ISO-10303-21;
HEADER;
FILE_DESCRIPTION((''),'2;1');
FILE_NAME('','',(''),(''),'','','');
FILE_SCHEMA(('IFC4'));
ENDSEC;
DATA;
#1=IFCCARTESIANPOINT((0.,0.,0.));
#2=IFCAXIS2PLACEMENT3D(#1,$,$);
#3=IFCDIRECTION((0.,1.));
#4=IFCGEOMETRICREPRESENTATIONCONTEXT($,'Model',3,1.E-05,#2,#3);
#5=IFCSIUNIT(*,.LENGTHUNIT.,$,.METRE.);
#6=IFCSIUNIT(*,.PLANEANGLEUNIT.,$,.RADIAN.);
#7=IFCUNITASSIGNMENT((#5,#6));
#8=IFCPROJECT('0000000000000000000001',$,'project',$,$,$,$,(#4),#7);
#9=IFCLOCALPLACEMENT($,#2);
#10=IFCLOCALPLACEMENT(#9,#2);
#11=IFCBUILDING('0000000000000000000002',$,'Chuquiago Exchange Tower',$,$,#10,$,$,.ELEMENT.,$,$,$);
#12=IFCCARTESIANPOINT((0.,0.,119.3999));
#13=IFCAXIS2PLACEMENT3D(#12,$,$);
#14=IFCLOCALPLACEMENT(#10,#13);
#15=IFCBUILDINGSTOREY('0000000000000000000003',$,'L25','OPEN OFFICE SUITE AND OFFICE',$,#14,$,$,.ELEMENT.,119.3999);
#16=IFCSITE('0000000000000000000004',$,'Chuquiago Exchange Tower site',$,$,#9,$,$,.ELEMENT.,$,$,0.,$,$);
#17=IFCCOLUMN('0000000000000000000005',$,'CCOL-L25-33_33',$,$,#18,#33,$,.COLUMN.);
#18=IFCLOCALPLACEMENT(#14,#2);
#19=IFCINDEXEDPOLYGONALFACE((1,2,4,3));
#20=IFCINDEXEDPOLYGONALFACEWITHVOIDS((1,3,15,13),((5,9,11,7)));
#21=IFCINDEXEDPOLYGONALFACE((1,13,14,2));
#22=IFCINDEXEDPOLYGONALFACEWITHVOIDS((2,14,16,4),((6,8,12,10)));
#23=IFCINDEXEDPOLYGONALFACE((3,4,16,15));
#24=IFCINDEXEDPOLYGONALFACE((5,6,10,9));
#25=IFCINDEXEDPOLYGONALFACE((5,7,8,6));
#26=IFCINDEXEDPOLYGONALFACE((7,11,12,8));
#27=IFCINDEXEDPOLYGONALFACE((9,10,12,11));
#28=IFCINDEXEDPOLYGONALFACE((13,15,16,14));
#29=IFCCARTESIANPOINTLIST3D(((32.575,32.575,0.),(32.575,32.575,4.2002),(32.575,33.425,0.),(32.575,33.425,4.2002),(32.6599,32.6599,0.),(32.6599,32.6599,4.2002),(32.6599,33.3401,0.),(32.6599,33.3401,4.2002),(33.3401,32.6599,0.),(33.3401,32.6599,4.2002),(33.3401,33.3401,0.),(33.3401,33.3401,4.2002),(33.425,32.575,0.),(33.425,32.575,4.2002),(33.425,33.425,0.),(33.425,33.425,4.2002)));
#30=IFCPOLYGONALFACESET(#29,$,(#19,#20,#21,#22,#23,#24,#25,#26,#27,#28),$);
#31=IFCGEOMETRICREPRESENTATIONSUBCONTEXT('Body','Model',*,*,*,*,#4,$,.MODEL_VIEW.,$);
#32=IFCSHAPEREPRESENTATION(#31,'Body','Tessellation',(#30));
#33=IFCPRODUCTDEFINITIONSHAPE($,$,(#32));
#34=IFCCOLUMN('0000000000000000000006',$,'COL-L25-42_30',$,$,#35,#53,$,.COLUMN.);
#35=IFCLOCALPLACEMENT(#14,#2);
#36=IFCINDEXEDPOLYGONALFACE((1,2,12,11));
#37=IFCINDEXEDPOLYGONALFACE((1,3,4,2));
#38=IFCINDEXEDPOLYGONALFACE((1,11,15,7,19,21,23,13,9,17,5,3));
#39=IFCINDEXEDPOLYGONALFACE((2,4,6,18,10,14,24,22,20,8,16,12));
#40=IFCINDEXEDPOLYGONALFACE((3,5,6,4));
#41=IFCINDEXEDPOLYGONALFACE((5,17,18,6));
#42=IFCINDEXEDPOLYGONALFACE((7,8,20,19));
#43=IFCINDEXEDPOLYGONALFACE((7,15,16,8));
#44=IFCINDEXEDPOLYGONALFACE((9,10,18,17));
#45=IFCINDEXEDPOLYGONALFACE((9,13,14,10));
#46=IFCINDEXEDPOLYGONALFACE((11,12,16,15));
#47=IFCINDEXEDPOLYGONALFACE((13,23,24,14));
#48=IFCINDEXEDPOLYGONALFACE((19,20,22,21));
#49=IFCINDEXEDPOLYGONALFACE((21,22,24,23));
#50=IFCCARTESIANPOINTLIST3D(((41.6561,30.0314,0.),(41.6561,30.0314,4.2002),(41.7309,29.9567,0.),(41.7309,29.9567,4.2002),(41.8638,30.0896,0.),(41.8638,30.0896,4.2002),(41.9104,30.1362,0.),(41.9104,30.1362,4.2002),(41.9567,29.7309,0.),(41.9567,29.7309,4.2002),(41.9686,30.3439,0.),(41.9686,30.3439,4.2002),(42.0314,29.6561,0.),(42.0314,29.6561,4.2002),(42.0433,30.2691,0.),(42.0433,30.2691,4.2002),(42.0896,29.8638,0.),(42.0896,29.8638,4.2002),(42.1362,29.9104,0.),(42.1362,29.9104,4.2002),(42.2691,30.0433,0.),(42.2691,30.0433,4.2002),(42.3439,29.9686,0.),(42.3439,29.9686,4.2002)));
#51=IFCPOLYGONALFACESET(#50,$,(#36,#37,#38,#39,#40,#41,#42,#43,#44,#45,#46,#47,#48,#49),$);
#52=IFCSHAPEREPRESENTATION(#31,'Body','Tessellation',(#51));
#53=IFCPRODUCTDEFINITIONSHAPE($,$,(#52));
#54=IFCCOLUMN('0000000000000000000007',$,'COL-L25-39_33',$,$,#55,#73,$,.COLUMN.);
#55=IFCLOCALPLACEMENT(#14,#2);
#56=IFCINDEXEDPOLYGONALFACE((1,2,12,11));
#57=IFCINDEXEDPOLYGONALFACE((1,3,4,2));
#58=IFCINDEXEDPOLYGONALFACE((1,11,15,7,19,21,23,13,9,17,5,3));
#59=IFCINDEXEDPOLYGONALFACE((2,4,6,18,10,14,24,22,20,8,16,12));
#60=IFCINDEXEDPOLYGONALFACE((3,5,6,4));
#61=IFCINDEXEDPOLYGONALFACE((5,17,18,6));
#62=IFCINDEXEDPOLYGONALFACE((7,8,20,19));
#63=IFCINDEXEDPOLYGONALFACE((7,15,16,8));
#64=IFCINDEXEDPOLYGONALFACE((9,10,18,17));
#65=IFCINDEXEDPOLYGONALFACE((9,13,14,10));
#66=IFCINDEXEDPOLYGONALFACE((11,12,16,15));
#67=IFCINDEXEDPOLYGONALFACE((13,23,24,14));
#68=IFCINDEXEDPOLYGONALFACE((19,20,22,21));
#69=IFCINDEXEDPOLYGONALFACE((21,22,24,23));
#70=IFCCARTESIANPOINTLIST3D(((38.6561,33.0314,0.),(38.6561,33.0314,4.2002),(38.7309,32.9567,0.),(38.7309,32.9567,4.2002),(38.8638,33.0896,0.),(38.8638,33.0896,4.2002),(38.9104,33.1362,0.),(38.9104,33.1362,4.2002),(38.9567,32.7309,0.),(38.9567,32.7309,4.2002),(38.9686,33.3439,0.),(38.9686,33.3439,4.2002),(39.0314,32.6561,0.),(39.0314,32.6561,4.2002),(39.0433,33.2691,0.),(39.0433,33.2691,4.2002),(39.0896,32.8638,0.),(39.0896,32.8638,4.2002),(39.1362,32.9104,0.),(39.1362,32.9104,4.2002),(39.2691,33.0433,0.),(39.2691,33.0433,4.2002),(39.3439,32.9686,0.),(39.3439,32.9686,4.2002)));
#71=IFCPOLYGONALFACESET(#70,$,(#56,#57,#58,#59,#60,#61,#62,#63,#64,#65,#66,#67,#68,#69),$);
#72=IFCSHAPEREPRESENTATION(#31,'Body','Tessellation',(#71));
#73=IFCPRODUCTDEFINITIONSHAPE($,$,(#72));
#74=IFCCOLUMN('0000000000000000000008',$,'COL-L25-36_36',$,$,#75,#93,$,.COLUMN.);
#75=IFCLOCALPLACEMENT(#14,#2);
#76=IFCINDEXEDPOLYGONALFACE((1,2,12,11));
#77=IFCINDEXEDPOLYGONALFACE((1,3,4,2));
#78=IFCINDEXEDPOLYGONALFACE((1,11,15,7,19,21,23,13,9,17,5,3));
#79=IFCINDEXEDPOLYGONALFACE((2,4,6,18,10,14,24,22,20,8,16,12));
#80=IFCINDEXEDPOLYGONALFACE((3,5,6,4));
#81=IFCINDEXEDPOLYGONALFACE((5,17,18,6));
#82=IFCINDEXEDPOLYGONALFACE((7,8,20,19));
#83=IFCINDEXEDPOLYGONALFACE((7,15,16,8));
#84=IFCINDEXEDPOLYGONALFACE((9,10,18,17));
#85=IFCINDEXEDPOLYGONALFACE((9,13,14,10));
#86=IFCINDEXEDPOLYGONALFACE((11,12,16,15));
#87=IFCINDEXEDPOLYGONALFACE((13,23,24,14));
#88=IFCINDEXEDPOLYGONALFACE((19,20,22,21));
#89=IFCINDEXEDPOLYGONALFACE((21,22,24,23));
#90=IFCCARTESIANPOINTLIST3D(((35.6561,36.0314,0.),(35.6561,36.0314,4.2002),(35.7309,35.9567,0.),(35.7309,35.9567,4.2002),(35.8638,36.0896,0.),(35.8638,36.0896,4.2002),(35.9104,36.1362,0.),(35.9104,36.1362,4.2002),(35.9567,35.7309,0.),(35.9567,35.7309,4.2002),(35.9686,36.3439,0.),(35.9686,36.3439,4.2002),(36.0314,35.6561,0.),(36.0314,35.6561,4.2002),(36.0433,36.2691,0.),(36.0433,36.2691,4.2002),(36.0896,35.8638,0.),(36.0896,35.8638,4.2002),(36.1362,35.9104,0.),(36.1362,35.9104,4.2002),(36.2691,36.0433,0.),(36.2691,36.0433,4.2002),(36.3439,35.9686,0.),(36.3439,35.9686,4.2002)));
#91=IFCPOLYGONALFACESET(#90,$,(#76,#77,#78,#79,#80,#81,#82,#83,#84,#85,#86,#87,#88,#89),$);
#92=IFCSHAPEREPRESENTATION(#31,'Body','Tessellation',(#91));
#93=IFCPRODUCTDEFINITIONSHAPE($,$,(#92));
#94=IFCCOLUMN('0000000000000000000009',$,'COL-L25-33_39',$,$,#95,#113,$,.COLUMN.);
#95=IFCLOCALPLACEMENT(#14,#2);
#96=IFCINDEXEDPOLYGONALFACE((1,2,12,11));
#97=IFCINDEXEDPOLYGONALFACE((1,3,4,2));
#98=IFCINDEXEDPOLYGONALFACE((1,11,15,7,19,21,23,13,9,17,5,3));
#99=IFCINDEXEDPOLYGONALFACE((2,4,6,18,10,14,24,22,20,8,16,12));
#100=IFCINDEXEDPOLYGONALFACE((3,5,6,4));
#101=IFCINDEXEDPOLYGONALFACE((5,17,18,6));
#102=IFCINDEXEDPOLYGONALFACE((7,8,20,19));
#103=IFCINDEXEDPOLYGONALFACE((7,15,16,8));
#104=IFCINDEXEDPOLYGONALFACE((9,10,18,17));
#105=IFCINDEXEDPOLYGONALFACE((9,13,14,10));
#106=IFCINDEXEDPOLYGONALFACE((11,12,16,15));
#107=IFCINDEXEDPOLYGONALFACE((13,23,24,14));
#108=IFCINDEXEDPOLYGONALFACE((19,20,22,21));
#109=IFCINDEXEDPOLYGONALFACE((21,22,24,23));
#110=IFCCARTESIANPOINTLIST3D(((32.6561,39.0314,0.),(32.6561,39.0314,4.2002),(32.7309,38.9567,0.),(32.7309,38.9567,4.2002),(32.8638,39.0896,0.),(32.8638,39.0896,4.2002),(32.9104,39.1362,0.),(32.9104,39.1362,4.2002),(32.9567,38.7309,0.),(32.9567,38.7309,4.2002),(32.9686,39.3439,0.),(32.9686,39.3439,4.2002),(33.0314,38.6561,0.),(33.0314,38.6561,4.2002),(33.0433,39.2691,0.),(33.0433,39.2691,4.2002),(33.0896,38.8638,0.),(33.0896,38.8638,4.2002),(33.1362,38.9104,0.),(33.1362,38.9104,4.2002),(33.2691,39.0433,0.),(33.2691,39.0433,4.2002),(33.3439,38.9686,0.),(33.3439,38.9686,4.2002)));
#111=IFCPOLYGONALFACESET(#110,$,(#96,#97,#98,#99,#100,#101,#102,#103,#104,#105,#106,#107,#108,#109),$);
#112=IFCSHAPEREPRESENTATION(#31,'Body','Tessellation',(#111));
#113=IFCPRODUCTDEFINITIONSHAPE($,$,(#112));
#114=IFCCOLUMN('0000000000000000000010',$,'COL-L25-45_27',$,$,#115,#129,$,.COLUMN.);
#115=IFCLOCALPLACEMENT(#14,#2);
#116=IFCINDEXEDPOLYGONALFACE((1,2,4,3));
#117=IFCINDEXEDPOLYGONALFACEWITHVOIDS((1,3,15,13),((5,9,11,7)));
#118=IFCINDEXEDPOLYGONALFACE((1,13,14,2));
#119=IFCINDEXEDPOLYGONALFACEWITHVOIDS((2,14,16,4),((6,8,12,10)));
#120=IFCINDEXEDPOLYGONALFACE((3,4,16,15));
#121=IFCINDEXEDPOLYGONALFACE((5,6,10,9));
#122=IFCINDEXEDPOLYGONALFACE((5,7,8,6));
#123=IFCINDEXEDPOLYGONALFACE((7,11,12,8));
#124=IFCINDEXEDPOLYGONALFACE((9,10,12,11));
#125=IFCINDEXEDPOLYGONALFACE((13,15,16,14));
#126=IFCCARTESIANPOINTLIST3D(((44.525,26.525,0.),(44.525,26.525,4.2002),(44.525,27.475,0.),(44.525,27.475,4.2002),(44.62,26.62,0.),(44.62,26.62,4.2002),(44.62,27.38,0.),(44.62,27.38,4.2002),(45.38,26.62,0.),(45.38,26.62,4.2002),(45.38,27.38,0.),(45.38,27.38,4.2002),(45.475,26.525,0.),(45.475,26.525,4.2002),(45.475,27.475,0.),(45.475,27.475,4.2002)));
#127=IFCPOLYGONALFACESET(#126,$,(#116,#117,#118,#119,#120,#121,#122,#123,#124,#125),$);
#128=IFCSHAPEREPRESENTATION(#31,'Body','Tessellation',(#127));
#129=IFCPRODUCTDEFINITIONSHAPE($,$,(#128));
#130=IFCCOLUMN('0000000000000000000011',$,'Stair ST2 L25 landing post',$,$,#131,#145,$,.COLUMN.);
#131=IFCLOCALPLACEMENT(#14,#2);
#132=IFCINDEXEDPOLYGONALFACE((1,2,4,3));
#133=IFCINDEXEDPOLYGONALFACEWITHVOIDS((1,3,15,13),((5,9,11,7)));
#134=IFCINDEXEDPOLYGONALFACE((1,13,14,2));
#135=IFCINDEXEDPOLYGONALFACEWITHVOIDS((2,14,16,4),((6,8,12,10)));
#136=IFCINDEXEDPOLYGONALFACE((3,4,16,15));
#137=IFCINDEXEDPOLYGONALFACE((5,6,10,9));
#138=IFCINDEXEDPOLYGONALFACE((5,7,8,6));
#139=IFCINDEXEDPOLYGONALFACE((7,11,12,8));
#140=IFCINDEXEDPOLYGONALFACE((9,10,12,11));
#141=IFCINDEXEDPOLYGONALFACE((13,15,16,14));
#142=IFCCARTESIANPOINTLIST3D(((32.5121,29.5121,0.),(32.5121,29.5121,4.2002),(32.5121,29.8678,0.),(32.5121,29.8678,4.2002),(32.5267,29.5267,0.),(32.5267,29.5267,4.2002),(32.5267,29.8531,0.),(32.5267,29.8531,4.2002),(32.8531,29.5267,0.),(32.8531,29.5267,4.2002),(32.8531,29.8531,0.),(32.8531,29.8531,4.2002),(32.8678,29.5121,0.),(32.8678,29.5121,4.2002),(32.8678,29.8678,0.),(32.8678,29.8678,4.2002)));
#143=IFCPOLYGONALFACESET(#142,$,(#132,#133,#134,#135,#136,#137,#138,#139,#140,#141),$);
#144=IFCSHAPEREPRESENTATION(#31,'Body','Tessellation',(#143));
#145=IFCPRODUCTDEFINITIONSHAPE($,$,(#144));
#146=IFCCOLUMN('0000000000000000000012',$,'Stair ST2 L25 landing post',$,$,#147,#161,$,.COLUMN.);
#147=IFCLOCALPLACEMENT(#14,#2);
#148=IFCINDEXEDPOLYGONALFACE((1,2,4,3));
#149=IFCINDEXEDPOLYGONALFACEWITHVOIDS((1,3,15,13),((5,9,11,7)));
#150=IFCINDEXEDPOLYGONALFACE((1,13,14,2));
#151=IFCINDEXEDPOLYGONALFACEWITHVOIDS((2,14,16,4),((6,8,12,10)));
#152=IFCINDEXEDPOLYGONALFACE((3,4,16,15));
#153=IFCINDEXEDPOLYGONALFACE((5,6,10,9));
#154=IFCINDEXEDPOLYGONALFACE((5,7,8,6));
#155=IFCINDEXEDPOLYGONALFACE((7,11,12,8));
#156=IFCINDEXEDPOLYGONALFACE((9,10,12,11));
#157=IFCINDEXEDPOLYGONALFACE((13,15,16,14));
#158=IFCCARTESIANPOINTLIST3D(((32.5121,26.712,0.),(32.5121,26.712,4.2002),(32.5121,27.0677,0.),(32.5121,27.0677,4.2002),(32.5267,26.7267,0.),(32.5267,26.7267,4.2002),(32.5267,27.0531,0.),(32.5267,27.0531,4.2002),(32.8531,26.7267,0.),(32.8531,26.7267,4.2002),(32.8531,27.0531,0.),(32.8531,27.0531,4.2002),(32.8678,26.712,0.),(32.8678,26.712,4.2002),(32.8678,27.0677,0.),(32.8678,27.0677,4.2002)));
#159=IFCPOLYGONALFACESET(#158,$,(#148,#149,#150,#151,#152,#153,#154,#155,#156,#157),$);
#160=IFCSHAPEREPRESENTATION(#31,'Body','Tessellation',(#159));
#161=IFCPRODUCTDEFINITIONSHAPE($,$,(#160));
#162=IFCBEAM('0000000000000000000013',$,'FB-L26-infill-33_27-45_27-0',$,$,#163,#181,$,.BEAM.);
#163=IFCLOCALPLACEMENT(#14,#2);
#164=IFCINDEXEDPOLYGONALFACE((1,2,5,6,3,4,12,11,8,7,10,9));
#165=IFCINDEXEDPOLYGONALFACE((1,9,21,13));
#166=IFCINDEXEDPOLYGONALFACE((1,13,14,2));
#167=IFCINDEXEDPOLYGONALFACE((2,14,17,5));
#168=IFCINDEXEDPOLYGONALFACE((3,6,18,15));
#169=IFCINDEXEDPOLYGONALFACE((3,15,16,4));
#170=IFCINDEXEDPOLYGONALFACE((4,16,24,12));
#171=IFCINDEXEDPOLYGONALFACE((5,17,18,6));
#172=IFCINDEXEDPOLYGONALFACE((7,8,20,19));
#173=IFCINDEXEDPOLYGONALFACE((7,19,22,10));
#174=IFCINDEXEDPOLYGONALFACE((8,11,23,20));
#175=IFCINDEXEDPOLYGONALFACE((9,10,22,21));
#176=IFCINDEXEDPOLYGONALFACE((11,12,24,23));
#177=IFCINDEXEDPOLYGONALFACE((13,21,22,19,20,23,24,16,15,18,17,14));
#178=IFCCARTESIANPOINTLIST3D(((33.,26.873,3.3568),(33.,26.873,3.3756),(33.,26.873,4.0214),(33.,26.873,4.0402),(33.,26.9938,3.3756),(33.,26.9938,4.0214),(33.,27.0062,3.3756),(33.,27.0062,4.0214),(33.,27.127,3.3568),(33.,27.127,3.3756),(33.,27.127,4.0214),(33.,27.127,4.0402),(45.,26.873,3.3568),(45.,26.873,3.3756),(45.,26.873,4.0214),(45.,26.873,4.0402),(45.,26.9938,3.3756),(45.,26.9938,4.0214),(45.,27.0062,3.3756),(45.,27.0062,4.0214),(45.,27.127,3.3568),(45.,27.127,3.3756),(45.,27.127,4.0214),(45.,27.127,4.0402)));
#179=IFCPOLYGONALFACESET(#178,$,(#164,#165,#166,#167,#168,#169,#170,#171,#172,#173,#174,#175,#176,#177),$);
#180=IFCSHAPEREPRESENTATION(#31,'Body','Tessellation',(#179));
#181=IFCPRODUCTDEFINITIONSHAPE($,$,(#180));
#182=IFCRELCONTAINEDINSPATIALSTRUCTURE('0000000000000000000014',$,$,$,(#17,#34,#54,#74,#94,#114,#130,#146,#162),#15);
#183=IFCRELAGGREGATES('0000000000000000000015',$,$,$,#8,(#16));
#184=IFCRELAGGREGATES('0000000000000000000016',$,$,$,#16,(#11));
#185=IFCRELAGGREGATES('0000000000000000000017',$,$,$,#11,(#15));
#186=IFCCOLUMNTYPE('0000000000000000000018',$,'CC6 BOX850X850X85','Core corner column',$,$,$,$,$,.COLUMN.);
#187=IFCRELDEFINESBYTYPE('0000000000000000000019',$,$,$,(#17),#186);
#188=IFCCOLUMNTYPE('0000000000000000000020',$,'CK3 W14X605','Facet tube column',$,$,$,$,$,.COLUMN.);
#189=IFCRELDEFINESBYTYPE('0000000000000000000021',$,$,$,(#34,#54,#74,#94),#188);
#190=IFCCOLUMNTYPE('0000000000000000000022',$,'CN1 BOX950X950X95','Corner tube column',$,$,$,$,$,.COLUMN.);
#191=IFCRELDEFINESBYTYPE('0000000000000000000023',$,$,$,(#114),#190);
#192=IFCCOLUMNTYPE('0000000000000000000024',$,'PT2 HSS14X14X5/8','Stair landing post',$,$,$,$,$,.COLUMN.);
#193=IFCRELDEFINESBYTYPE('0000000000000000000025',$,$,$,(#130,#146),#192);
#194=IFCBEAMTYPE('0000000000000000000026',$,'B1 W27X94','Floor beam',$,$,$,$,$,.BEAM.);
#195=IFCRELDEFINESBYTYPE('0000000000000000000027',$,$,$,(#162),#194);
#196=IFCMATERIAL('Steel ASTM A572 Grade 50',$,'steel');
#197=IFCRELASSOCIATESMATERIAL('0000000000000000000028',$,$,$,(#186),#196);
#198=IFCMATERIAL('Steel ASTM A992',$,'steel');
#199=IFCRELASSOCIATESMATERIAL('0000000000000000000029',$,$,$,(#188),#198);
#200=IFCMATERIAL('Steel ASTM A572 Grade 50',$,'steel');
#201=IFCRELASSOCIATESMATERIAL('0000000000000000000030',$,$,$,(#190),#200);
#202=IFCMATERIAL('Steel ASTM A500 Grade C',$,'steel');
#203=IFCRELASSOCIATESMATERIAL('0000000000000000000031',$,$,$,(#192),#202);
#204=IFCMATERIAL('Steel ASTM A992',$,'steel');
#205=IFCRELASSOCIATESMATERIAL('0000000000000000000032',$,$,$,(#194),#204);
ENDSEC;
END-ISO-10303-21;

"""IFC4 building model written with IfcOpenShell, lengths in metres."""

from ifc_helpers import new_model, si_unit, direction, frame, origin, origin_2d, place, context, subcontext, project, spatial, hollow_rectangle, i_section, extrude, material, material_profile, profile_set, type_object, element, save


model = new_model("IFC4")

# Units and contexts
model_context = context("Model", 3, precision=1e-05, world=origin(), true_north=direction((0.0, 1.0)))
body_context = subcontext(model_context, "Body", "Model", "MODEL_VIEW")
ifc_project = project(units=[si_unit("LENGTHUNIT", "METRE"), si_unit("PLANEANGLEUNIT", "RADIAN")], contexts=[model_context])

# Site, building, storey
site_placement = place(None, origin())
site = spatial("IfcSite", under=ifc_project, at=site_placement, Name="Chuquiago Exchange Tower site", CompositionType="ELEMENT", RefElevation=0.0)
building_placement = place(site_placement, origin())
building = spatial("IfcBuilding", under=site, at=building_placement, Name="Chuquiago Exchange Tower", CompositionType="ELEMENT")
storey_placement = place(building_placement, frame((0.0, 0.0, 119.3999)))
storey = spatial("IfcBuildingStorey", under=building, at=storey_placement, Name="L25", Description="OPEN OFFICE SUITE AND OFFICE", CompositionType="ELEMENT", Elevation=119.3999)

# Columns
ifc_material_1 = material(Name="Steel ASTM A572 Grade 50", Category="steel")
ifc_material_profile_1 = material_profile(ifc_material_1, hollow_rectangle(XDim=0.8501, YDim=0.8501, WallThickness=0.085, at=origin_2d()), Name="BOX850X850X85")
ifc_profile_set_1 = profile_set([ifc_material_profile_1], Name="Steel ASTM A572 Grade 50")
column_type_1 = type_object("IfcColumnType", Name="CC6 BOX850X850X85", Description="Core corner column", PredefinedType="COLUMN", material=ifc_profile_set_1)
column_1_placement = place(storey_placement, frame((33.0, 33.0, 0.0), z_axis=(0.0, 0.0, 1.0), x_axis=(1.0, 0.0, 0.0)))
element("IfcColumn", 1, at=column_1_placement, inside=storey, type_object=column_type_1, Name="CCOL-L25-33_33", PredefinedType="COLUMN", context=body_context, shape_type="SweptSolid", body=[
    extrude(hollow_rectangle(XDim=0.8501, YDim=0.8501, WallThickness=0.085, at=origin_2d()), origin(), (0.0, 0.0, 1.0), 4.2002),
])
ifc_material_2 = material(Name="Steel ASTM A992", Category="steel")
ifc_material_profile_2 = material_profile(ifc_material_2, i_section(OverallWidth=0.4419, OverallDepth=0.5308, WebThickness=0.0659, FlangeThickness=0.1057, at=origin_2d()), Name="W14X605")
ifc_profile_set_2 = profile_set([ifc_material_profile_2], Name="Steel ASTM A992")
column_type_2 = type_object("IfcColumnType", Name="CK3 W14X605", Description="Facet tube column", PredefinedType="COLUMN", material=ifc_profile_set_2)
for number, where, z_axis, x_axis, name in (
    (2, (42.0, 30.0, 0.0), (0.0, 0.0, 1.0), (0.707107, 0.707107, 0.0), "COL-L25-42_30"),
    (3, (39.0, 33.0, 0.0), (0.0, 0.0, 1.0), (0.707107, 0.707107, 0.0), "COL-L25-39_33"),
    (4, (36.0, 36.0, 0.0), (0.0, 0.0, 1.0), (0.707107, 0.707107, 0.0), "COL-L25-36_36"),
    (5, (33.0, 39.0, 0.0), (0.0, 0.0, 1.0), (0.707107, 0.707107, 0.0), "COL-L25-33_39"),
):
    element("IfcColumn", number, at=place(storey_placement, frame(where, z_axis=z_axis, x_axis=x_axis)), inside=storey, type_object=column_type_2, Name=name, PredefinedType="COLUMN", context=body_context, shape_type="SweptSolid", body=[
        extrude(i_section(OverallWidth=0.4419, OverallDepth=0.5308, WebThickness=0.0659, FlangeThickness=0.1057, at=origin_2d()), origin(), (0.0, 0.0, 1.0), 4.2002),
    ])
ifc_material_3 = material(Name="Steel ASTM A572 Grade 50", Category="steel")
ifc_material_profile_3 = material_profile(ifc_material_3, hollow_rectangle(XDim=0.95, YDim=0.95, WallThickness=0.095, at=origin_2d()), Name="BOX950X950X95")
ifc_profile_set_3 = profile_set([ifc_material_profile_3], Name="Steel ASTM A572 Grade 50")
column_type_3 = type_object("IfcColumnType", Name="CN1 BOX950X950X95", Description="Corner tube column", PredefinedType="COLUMN", material=ifc_profile_set_3)
column_2_placement = place(storey_placement, frame((45.0, 27.0, 0.0), z_axis=(0.0, 0.0, 1.0), x_axis=(1.0, 0.0, 0.0)))
element("IfcColumn", 6, at=column_2_placement, inside=storey, type_object=column_type_3, Name="COL-L25-45_27", PredefinedType="COLUMN", context=body_context, shape_type="SweptSolid", body=[
    extrude(hollow_rectangle(XDim=0.95, YDim=0.95, WallThickness=0.095, at=origin_2d()), origin(), (0.0, 0.0, 1.0), 4.2002),
])
ifc_material_4 = material(Name="Steel ASTM A500 Grade C", Category="steel")
ifc_material_profile_4 = material_profile(ifc_material_4, hollow_rectangle(XDim=0.3557, YDim=0.3557, WallThickness=0.0146, at=origin_2d()), Name="HSS14X14X5/8")
ifc_profile_set_4 = profile_set([ifc_material_profile_4], Name="Steel ASTM A500 Grade C")
column_type_4 = type_object("IfcColumnType", Name="PT2 HSS14X14X5/8", Description="Stair landing post", PredefinedType="COLUMN", material=ifc_profile_set_4)
for number, where, z_axis, x_axis, name in (
    (7, (32.6899, 29.6899, 0.0), (0.0, 0.0, 1.0), (1.0, 0.0, 0.0), "Stair ST2 L25 landing post"),
    (8, (32.6899, 26.8899, 0.0), (0.0, 0.0, 1.0), (1.0, 0.0, 0.0), "Stair ST2 L25 landing post"),
):
    element("IfcColumn", number, at=place(storey_placement, frame(where, z_axis=z_axis, x_axis=x_axis)), inside=storey, type_object=column_type_4, Name=name, PredefinedType="COLUMN", context=body_context, shape_type="SweptSolid", body=[
        extrude(hollow_rectangle(XDim=0.3557, YDim=0.3557, WallThickness=0.0146, at=origin_2d()), origin(), (0.0, 0.0, 1.0), 4.2002),
    ])

# Beam
ifc_material_5 = material(Name="Steel ASTM A992", Category="steel")
ifc_material_profile_5 = material_profile(ifc_material_5, i_section(OverallWidth=0.2539, OverallDepth=0.6833, WebThickness=0.0125, FlangeThickness=0.0188, at=origin_2d()), Name="W27X94")
ifc_profile_set_5 = profile_set([ifc_material_profile_5], Name="Steel ASTM A992")
beam_type_1 = type_object("IfcBeamType", Name="B1 W27X94", Description="Floor beam", PredefinedType="BEAM", material=ifc_profile_set_5)
beam_1_placement = place(storey_placement, frame((33.0, 27.0, 3.6985), z_axis=(1.0, 0.0, 0.0), x_axis=(0.0, 1.0, 0.0)))
element("IfcBeam", 9, at=beam_1_placement, inside=storey, type_object=beam_type_1, Name="FB-L26-infill-33_27-45_27-0", PredefinedType="BEAM", context=body_context, shape_type="SweptSolid", body=[
    extrude(i_section(OverallWidth=0.2539, OverallDepth=0.6833, WebThickness=0.0125, FlangeThickness=0.0188, at=origin_2d()), origin(), (0.0, 0.0, 1.0), 12.0),
])

save(model, "model.ifc")
